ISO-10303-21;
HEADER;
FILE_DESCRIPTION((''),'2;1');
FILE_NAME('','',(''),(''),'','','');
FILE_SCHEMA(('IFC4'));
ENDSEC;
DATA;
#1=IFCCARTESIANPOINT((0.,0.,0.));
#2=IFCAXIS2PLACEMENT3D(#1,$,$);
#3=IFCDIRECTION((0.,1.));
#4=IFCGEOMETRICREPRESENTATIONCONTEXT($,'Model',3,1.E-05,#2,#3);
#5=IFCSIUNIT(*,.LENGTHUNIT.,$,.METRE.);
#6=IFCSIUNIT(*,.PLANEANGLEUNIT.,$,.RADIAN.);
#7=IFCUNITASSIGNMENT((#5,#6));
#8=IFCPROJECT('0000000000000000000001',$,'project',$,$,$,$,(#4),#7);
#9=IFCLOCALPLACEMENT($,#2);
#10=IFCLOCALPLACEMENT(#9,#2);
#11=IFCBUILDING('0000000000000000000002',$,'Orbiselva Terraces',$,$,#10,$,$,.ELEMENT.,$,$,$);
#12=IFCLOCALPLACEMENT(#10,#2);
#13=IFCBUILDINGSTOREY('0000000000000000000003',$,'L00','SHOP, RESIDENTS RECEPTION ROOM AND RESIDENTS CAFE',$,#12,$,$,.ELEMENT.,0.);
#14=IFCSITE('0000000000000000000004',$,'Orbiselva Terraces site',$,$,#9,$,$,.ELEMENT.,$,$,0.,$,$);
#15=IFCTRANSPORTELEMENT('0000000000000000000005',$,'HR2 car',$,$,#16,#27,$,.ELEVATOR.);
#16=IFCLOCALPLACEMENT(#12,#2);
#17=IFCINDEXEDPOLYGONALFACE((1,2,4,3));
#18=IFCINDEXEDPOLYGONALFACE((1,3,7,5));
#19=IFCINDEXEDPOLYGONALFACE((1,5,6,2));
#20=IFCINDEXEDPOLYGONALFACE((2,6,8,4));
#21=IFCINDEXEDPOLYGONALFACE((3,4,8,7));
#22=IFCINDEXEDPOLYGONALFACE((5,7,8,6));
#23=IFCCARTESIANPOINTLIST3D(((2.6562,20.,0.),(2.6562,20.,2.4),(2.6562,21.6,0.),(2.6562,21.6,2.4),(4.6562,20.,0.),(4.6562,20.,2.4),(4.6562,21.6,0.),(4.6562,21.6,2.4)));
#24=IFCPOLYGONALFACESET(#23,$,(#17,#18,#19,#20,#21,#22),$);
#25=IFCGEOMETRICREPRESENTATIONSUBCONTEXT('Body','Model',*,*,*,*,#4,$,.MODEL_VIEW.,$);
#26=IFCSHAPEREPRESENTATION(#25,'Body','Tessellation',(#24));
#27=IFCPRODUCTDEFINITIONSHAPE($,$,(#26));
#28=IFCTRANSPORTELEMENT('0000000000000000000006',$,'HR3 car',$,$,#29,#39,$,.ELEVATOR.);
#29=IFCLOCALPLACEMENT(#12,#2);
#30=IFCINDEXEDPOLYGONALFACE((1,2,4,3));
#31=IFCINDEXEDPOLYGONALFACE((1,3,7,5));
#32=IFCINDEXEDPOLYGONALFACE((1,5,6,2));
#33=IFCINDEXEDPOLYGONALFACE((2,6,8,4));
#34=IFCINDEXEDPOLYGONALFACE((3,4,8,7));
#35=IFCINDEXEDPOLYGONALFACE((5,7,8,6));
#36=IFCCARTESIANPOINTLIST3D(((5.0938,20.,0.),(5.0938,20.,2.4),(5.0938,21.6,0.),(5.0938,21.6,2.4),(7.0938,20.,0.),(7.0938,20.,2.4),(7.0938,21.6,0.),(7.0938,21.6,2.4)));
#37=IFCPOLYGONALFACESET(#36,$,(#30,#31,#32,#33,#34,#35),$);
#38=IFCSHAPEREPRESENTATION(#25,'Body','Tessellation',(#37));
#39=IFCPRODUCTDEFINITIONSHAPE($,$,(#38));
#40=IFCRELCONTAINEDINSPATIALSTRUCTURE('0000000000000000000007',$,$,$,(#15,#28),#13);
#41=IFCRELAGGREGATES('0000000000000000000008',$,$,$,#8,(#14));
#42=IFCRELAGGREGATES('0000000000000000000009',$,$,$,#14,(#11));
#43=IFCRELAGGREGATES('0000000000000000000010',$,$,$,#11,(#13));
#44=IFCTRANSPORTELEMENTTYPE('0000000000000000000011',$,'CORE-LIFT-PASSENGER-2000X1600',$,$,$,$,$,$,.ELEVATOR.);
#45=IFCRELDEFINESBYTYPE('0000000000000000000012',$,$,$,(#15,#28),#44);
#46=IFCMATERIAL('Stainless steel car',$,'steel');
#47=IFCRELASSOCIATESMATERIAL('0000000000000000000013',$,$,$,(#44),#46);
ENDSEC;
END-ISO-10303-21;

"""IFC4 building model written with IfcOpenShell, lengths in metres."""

from ifc_helpers import new_model, si_unit, direction, frame, origin, origin_2d, place, context, subcontext, project, spatial, rectangle, extrude, material, type_object, element, save


model = new_model("IFC4")

# Units and contexts
model_context = context("Model", 3, precision=1e-05, world=origin(), true_north=direction((0.0, 1.0)))
body_context = subcontext(model_context, "Body", "Model", "MODEL_VIEW")
ifc_project = project(units=[si_unit("LENGTHUNIT", "METRE"), si_unit("PLANEANGLEUNIT", "RADIAN")], contexts=[model_context])

# Site, building, storey
site_placement = place(None, origin())
site = spatial("IfcSite", under=ifc_project, at=site_placement, Name="Orbiselva Terraces site", CompositionType="ELEMENT", RefElevation=0.0)
building_placement = place(site_placement, origin())
building = spatial("IfcBuilding", under=site, at=building_placement, Name="Orbiselva Terraces", CompositionType="ELEMENT")
storey_placement = place(building_placement, origin())
storey = spatial("IfcBuildingStorey", under=building, at=storey_placement, Name="L00", Description="SHOP, RESIDENTS RECEPTION ROOM AND RESIDENTS CAFE", CompositionType="ELEMENT", Elevation=0.0)

# Transport elements
ifc_material_1 = material(Name="Stainless steel car", Category="steel")
transport_element_type = type_object("IfcTransportElementType", Name="CORE-LIFT-PASSENGER-2000X1600", PredefinedType="ELEVATOR", material=ifc_material_1)
for number, where, z_axis, x_axis, name in (
    (1, (3.6562, 20.8, 0.0), (0.0, 0.0, 1.0), (1.0, 0.0, 0.0), "HR2 car"),
    (2, (6.0938, 20.8, 0.0), (0.0, 0.0, 1.0), (1.0, 0.0, 0.0), "HR3 car"),
):
    element("IfcTransportElement", number, at=place(storey_placement, frame(where, z_axis=z_axis, x_axis=x_axis)), inside=storey, type_object=transport_element_type, Name=name, PredefinedType="ELEVATOR", context=body_context, shape_type="SweptSolid", body=[
        extrude(rectangle(XDim=2.0, YDim=1.6, at=origin_2d()), origin(), (0.0, 0.0, 1.0), 2.4),
    ])

save(model, "model.ifc")
